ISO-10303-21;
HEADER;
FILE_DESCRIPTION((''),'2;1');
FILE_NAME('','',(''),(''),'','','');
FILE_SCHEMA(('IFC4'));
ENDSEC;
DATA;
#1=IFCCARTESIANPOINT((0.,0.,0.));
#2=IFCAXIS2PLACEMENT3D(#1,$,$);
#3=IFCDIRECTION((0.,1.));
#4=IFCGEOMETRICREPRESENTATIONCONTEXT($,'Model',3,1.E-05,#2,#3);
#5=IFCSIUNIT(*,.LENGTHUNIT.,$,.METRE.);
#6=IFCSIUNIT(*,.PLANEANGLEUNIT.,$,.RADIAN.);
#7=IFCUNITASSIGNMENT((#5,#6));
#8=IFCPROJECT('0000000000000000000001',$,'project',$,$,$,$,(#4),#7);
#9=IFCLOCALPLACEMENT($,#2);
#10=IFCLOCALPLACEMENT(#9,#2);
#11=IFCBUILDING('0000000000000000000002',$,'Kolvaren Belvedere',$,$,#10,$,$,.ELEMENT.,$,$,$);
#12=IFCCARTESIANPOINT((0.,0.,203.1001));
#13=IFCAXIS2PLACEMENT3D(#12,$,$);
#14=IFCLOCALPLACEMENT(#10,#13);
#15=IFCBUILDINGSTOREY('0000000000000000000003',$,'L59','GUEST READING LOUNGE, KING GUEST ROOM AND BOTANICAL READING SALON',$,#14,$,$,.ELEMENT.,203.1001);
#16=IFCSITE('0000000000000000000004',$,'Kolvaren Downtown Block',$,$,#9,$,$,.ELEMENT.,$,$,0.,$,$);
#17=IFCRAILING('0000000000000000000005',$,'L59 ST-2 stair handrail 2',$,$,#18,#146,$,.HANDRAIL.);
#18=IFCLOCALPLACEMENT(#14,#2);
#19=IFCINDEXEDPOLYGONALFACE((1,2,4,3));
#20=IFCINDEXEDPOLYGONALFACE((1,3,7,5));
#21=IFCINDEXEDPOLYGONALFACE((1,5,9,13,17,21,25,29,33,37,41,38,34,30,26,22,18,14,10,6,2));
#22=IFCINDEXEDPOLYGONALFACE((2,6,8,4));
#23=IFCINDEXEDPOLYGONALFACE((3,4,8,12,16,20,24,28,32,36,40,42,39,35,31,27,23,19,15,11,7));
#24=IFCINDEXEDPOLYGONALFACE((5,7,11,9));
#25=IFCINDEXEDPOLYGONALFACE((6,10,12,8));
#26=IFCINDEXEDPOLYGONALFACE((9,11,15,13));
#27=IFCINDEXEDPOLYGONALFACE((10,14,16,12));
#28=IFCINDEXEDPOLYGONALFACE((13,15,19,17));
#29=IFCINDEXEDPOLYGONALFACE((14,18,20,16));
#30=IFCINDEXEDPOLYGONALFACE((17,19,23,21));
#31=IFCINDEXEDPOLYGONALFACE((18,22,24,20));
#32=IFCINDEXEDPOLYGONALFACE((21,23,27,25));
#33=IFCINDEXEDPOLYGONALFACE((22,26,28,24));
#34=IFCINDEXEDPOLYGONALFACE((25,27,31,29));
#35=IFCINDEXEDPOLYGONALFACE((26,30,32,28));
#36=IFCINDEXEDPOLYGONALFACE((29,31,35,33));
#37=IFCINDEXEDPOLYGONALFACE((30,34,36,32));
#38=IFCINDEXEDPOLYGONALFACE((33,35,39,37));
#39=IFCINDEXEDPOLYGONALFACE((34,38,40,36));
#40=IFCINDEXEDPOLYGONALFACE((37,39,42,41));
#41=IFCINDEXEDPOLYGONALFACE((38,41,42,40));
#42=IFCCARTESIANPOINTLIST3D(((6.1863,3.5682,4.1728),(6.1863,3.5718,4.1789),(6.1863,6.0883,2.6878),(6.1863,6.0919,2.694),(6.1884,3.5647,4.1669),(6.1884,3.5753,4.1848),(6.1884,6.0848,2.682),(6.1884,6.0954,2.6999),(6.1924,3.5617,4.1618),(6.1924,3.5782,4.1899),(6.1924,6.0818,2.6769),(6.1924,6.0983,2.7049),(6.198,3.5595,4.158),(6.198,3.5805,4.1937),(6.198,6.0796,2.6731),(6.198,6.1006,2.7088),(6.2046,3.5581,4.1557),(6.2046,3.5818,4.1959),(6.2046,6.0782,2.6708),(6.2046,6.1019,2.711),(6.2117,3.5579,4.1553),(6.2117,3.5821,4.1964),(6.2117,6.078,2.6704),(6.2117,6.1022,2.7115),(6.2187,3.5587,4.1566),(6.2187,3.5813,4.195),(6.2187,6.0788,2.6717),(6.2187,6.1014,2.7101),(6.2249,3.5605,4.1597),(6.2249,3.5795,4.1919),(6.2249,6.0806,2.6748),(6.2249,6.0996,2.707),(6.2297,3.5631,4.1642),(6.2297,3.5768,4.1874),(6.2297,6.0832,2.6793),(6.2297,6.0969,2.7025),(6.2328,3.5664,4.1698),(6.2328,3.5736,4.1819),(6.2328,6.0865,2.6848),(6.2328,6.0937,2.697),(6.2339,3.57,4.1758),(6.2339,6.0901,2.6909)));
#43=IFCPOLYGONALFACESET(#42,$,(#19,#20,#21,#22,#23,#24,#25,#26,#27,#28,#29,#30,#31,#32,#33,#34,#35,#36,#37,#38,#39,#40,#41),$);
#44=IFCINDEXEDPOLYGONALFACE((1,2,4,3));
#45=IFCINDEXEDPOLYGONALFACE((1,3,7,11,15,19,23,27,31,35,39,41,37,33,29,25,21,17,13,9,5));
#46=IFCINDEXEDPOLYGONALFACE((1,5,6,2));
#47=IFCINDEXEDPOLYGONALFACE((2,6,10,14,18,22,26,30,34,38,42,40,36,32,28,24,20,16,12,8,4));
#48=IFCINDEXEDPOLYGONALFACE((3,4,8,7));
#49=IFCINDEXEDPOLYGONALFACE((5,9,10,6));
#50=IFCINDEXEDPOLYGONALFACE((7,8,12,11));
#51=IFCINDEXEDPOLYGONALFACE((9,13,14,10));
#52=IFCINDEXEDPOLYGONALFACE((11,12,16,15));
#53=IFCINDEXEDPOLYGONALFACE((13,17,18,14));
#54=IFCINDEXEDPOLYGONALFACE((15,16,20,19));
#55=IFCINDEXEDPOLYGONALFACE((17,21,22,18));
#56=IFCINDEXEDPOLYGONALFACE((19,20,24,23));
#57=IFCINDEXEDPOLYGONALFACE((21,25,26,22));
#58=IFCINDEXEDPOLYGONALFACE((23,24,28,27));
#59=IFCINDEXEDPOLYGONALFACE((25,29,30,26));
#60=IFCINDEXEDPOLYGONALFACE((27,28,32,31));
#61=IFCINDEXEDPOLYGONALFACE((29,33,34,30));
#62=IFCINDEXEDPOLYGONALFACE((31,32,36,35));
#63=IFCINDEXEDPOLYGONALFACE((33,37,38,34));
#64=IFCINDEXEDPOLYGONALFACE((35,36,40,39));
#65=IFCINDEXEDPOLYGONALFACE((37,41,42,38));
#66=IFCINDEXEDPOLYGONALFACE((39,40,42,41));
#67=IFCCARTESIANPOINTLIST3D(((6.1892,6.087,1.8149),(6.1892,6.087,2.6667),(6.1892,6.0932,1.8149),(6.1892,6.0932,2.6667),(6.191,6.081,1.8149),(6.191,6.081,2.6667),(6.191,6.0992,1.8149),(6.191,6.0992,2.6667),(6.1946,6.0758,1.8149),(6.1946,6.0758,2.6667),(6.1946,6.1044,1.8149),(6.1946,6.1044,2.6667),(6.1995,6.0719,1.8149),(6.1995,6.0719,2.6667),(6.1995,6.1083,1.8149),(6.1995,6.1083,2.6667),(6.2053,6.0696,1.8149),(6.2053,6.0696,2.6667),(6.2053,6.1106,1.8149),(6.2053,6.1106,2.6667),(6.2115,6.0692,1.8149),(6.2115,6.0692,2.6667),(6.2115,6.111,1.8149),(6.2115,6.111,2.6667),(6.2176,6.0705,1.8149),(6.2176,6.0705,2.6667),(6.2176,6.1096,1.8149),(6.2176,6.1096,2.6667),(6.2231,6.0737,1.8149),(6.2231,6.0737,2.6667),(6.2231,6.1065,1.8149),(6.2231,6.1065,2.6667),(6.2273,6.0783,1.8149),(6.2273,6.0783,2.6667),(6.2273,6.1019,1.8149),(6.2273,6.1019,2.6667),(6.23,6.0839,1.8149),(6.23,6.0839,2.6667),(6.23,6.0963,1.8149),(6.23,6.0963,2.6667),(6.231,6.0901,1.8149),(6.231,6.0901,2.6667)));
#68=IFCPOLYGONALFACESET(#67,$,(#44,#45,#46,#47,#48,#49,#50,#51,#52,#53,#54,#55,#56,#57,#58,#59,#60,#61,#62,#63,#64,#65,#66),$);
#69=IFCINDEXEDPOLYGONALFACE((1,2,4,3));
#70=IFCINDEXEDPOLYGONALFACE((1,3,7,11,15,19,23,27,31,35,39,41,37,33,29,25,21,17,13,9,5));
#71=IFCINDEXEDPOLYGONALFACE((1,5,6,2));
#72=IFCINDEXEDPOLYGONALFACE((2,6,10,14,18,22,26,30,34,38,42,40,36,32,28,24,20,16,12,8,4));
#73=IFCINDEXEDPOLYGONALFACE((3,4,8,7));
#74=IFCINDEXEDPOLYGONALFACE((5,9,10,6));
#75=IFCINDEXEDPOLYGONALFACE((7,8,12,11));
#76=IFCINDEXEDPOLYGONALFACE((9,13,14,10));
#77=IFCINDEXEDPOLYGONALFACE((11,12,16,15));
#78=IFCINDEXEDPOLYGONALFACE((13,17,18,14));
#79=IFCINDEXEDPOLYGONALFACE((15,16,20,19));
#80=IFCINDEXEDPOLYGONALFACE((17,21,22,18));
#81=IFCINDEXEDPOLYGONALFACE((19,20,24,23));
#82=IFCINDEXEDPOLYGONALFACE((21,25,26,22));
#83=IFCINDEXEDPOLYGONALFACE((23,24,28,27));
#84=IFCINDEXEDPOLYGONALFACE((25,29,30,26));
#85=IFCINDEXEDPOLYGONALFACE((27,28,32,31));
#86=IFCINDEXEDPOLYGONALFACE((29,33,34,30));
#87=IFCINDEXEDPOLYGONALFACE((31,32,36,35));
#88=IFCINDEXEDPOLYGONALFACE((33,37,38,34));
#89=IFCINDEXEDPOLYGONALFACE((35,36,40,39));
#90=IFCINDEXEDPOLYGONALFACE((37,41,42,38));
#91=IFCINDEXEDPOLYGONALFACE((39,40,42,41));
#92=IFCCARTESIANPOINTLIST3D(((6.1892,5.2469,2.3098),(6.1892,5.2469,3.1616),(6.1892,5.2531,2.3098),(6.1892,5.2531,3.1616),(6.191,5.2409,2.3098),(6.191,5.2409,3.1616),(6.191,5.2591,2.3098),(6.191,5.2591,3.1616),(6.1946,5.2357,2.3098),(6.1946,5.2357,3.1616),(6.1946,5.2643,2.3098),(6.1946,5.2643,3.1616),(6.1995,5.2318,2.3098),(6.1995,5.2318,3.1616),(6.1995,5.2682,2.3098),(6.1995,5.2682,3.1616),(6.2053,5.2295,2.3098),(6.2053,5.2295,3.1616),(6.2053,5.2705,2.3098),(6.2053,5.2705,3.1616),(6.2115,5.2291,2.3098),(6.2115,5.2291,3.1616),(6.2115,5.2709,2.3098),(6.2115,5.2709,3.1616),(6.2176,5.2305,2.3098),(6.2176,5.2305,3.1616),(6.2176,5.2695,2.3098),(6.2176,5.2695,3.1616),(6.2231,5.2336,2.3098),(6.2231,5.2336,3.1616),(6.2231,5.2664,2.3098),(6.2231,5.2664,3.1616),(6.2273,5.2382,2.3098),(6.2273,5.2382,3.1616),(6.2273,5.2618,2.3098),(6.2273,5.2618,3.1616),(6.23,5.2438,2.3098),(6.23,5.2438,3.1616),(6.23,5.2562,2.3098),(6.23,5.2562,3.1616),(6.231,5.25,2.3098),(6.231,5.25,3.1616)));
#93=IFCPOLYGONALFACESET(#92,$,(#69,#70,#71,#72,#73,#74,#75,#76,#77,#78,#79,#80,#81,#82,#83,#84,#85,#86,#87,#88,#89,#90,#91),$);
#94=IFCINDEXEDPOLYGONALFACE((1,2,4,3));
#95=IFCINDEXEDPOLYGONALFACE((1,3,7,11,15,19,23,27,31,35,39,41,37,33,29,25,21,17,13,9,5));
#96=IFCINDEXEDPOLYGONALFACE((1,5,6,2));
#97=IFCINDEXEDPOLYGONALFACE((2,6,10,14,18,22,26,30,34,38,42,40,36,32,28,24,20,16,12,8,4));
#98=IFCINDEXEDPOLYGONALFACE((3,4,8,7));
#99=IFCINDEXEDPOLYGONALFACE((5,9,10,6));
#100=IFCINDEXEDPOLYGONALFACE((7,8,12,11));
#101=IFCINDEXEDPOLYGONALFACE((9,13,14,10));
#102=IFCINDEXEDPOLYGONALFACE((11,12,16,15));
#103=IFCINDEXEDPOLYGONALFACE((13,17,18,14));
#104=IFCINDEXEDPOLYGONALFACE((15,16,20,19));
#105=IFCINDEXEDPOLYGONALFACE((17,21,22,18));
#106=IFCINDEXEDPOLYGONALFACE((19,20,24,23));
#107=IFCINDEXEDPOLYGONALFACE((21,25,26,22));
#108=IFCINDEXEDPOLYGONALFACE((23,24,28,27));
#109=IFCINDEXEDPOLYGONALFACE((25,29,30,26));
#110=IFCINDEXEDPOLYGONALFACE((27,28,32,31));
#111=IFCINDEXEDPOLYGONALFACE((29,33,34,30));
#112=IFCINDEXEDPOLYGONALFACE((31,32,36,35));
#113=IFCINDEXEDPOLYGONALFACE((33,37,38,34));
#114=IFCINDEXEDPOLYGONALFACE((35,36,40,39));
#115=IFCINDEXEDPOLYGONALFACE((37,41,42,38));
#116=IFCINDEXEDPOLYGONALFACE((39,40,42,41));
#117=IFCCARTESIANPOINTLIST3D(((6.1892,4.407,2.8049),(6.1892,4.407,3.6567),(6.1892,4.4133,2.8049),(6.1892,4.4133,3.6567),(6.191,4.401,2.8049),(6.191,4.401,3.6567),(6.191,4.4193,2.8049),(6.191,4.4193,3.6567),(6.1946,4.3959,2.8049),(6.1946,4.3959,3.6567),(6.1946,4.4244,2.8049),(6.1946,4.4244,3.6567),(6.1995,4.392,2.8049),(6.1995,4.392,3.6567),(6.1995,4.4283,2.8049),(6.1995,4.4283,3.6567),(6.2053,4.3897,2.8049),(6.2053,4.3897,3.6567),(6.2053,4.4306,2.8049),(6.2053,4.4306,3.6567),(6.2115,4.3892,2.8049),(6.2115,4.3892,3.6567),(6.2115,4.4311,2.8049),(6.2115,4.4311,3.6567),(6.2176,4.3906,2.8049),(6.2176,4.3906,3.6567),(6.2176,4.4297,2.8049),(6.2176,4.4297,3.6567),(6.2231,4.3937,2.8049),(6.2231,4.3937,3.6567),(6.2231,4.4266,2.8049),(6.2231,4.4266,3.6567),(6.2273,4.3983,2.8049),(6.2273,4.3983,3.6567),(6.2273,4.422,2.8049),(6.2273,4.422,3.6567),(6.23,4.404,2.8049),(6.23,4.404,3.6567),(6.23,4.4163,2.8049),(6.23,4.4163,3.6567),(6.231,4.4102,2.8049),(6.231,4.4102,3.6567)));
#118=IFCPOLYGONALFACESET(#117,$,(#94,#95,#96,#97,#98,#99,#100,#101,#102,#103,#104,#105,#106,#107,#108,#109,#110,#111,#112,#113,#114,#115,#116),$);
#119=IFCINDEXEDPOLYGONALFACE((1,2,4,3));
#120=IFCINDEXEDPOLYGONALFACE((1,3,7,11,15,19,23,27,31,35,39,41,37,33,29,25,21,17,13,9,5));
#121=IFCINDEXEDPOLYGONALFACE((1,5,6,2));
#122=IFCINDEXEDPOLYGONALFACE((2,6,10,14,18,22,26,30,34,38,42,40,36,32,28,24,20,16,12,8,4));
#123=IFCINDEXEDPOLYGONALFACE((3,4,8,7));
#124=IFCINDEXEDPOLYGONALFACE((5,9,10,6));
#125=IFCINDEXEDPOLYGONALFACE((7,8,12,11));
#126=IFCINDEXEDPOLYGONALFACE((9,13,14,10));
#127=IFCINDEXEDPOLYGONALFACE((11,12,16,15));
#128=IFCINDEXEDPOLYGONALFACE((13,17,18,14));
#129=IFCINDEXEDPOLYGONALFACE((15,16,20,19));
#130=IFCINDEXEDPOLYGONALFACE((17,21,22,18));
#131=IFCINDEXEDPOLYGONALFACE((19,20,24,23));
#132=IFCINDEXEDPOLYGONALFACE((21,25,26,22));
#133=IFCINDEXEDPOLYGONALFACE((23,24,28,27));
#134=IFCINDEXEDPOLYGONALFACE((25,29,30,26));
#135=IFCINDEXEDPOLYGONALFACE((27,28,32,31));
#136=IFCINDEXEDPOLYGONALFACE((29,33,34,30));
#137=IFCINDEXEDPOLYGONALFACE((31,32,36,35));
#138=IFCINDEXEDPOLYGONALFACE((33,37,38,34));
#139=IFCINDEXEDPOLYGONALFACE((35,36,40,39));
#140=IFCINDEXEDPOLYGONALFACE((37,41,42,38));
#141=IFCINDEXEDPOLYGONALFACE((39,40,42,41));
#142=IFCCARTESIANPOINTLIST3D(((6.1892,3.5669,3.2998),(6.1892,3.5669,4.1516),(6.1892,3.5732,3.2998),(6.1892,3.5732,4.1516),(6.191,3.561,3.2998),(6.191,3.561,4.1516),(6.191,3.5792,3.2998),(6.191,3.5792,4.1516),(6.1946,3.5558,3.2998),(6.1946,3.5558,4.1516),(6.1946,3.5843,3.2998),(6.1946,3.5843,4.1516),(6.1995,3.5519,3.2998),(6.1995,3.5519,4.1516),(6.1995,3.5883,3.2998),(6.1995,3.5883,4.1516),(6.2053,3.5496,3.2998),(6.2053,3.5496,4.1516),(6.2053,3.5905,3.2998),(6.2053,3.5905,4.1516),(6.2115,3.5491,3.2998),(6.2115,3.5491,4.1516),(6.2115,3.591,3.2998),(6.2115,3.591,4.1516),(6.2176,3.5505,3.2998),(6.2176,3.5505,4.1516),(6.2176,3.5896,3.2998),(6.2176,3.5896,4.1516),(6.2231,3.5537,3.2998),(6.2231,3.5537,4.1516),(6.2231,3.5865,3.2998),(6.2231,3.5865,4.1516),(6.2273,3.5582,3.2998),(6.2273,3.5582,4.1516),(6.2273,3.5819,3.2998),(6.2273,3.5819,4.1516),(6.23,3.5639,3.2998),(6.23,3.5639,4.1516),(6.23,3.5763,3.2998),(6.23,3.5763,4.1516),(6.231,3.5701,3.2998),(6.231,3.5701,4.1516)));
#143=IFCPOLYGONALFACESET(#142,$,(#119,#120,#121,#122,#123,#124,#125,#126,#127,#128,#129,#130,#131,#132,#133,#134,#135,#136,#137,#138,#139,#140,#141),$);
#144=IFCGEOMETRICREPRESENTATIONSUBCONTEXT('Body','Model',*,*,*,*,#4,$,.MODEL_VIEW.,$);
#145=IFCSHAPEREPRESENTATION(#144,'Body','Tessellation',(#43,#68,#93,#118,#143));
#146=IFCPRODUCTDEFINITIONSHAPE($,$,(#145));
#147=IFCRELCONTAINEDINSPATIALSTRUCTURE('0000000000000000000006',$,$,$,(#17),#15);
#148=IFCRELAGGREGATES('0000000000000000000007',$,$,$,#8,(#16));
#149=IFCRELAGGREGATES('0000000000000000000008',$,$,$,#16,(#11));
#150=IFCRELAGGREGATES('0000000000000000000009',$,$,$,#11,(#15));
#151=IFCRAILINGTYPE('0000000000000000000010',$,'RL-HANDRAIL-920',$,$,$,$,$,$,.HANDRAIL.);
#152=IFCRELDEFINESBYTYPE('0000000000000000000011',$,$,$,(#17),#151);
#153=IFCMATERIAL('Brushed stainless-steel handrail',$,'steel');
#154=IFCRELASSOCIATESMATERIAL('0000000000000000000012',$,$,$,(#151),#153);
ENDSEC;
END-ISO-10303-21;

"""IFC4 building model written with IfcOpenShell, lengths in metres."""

from ifc_helpers import new_model, si_unit, direction, frame, origin, origin_2d, place, context, subcontext, project, spatial, circle, extrude, material, type_object, element, save


model = new_model("IFC4")

# Units and contexts
model_context = context("Model", 3, precision=1e-05, world=origin(), true_north=direction((0.0, 1.0)))
body_context = subcontext(model_context, "Body", "Model", "MODEL_VIEW")
ifc_project = project(units=[si_unit("LENGTHUNIT", "METRE"), si_unit("PLANEANGLEUNIT", "RADIAN")], contexts=[model_context])

# Site, building, storey
site_placement = place(None, origin())
site = spatial("IfcSite", under=ifc_project, at=site_placement, Name="Kolvaren Downtown Block", CompositionType="ELEMENT", RefElevation=0.0)
building_placement = place(site_placement, origin())
building = spatial("IfcBuilding", under=site, at=building_placement, Name="Kolvaren Belvedere", CompositionType="ELEMENT")
storey_placement = place(building_placement, frame((0.0, 0.0, 203.1001)))
storey = spatial("IfcBuildingStorey", under=building, at=storey_placement, Name="L59", Description="GUEST READING LOUNGE, KING GUEST ROOM AND BOTANICAL READING SALON", CompositionType="ELEMENT", Elevation=203.1001)

# Railing
ifc_material_1 = material(Name="Brushed stainless-steel handrail", Category="steel")
railing_type_1 = type_object("IfcRailingType", Name="RL-HANDRAIL-920", PredefinedType="HANDRAIL", material=ifc_material_1)
railing_1_placement = place(storey_placement, frame((6.21, 6.0901, 1.8149)))
element("IfcRailing", 1, at=railing_1_placement, inside=storey, type_object=railing_type_1, Name="L59 ST-2 stair handrail 2", PredefinedType="HANDRAIL", context=body_context, shape_type="SweptSolid", body=[
    extrude(circle(Radius=0.0239, at=origin_2d()), frame((0.0, 0.0, 0.876), z_axis=(0.0, -0.861561, 0.507655), x_axis=(1.0, 0.0, 0.0)), (0.0, 0.0, 1.0), 2.925),
    extrude(circle(Radius=0.021, at=origin_2d()), origin(), (0.0, 0.0, 1.0), 0.8518),
    extrude(circle(Radius=0.021, at=origin_2d()), frame((0.0, -0.8401, 0.4949)), (0.0, 0.0, 1.0), 0.8518),
    extrude(circle(Radius=0.021, at=origin_2d()), frame((0.0, -1.6799, 0.99)), (0.0, 0.0, 1.0), 0.8518),
    extrude(circle(Radius=0.021, at=origin_2d()), frame((0.0, -2.52, 1.4849)), (0.0, 0.0, 1.0), 0.8518),
])

save(model, "model.ifc")
